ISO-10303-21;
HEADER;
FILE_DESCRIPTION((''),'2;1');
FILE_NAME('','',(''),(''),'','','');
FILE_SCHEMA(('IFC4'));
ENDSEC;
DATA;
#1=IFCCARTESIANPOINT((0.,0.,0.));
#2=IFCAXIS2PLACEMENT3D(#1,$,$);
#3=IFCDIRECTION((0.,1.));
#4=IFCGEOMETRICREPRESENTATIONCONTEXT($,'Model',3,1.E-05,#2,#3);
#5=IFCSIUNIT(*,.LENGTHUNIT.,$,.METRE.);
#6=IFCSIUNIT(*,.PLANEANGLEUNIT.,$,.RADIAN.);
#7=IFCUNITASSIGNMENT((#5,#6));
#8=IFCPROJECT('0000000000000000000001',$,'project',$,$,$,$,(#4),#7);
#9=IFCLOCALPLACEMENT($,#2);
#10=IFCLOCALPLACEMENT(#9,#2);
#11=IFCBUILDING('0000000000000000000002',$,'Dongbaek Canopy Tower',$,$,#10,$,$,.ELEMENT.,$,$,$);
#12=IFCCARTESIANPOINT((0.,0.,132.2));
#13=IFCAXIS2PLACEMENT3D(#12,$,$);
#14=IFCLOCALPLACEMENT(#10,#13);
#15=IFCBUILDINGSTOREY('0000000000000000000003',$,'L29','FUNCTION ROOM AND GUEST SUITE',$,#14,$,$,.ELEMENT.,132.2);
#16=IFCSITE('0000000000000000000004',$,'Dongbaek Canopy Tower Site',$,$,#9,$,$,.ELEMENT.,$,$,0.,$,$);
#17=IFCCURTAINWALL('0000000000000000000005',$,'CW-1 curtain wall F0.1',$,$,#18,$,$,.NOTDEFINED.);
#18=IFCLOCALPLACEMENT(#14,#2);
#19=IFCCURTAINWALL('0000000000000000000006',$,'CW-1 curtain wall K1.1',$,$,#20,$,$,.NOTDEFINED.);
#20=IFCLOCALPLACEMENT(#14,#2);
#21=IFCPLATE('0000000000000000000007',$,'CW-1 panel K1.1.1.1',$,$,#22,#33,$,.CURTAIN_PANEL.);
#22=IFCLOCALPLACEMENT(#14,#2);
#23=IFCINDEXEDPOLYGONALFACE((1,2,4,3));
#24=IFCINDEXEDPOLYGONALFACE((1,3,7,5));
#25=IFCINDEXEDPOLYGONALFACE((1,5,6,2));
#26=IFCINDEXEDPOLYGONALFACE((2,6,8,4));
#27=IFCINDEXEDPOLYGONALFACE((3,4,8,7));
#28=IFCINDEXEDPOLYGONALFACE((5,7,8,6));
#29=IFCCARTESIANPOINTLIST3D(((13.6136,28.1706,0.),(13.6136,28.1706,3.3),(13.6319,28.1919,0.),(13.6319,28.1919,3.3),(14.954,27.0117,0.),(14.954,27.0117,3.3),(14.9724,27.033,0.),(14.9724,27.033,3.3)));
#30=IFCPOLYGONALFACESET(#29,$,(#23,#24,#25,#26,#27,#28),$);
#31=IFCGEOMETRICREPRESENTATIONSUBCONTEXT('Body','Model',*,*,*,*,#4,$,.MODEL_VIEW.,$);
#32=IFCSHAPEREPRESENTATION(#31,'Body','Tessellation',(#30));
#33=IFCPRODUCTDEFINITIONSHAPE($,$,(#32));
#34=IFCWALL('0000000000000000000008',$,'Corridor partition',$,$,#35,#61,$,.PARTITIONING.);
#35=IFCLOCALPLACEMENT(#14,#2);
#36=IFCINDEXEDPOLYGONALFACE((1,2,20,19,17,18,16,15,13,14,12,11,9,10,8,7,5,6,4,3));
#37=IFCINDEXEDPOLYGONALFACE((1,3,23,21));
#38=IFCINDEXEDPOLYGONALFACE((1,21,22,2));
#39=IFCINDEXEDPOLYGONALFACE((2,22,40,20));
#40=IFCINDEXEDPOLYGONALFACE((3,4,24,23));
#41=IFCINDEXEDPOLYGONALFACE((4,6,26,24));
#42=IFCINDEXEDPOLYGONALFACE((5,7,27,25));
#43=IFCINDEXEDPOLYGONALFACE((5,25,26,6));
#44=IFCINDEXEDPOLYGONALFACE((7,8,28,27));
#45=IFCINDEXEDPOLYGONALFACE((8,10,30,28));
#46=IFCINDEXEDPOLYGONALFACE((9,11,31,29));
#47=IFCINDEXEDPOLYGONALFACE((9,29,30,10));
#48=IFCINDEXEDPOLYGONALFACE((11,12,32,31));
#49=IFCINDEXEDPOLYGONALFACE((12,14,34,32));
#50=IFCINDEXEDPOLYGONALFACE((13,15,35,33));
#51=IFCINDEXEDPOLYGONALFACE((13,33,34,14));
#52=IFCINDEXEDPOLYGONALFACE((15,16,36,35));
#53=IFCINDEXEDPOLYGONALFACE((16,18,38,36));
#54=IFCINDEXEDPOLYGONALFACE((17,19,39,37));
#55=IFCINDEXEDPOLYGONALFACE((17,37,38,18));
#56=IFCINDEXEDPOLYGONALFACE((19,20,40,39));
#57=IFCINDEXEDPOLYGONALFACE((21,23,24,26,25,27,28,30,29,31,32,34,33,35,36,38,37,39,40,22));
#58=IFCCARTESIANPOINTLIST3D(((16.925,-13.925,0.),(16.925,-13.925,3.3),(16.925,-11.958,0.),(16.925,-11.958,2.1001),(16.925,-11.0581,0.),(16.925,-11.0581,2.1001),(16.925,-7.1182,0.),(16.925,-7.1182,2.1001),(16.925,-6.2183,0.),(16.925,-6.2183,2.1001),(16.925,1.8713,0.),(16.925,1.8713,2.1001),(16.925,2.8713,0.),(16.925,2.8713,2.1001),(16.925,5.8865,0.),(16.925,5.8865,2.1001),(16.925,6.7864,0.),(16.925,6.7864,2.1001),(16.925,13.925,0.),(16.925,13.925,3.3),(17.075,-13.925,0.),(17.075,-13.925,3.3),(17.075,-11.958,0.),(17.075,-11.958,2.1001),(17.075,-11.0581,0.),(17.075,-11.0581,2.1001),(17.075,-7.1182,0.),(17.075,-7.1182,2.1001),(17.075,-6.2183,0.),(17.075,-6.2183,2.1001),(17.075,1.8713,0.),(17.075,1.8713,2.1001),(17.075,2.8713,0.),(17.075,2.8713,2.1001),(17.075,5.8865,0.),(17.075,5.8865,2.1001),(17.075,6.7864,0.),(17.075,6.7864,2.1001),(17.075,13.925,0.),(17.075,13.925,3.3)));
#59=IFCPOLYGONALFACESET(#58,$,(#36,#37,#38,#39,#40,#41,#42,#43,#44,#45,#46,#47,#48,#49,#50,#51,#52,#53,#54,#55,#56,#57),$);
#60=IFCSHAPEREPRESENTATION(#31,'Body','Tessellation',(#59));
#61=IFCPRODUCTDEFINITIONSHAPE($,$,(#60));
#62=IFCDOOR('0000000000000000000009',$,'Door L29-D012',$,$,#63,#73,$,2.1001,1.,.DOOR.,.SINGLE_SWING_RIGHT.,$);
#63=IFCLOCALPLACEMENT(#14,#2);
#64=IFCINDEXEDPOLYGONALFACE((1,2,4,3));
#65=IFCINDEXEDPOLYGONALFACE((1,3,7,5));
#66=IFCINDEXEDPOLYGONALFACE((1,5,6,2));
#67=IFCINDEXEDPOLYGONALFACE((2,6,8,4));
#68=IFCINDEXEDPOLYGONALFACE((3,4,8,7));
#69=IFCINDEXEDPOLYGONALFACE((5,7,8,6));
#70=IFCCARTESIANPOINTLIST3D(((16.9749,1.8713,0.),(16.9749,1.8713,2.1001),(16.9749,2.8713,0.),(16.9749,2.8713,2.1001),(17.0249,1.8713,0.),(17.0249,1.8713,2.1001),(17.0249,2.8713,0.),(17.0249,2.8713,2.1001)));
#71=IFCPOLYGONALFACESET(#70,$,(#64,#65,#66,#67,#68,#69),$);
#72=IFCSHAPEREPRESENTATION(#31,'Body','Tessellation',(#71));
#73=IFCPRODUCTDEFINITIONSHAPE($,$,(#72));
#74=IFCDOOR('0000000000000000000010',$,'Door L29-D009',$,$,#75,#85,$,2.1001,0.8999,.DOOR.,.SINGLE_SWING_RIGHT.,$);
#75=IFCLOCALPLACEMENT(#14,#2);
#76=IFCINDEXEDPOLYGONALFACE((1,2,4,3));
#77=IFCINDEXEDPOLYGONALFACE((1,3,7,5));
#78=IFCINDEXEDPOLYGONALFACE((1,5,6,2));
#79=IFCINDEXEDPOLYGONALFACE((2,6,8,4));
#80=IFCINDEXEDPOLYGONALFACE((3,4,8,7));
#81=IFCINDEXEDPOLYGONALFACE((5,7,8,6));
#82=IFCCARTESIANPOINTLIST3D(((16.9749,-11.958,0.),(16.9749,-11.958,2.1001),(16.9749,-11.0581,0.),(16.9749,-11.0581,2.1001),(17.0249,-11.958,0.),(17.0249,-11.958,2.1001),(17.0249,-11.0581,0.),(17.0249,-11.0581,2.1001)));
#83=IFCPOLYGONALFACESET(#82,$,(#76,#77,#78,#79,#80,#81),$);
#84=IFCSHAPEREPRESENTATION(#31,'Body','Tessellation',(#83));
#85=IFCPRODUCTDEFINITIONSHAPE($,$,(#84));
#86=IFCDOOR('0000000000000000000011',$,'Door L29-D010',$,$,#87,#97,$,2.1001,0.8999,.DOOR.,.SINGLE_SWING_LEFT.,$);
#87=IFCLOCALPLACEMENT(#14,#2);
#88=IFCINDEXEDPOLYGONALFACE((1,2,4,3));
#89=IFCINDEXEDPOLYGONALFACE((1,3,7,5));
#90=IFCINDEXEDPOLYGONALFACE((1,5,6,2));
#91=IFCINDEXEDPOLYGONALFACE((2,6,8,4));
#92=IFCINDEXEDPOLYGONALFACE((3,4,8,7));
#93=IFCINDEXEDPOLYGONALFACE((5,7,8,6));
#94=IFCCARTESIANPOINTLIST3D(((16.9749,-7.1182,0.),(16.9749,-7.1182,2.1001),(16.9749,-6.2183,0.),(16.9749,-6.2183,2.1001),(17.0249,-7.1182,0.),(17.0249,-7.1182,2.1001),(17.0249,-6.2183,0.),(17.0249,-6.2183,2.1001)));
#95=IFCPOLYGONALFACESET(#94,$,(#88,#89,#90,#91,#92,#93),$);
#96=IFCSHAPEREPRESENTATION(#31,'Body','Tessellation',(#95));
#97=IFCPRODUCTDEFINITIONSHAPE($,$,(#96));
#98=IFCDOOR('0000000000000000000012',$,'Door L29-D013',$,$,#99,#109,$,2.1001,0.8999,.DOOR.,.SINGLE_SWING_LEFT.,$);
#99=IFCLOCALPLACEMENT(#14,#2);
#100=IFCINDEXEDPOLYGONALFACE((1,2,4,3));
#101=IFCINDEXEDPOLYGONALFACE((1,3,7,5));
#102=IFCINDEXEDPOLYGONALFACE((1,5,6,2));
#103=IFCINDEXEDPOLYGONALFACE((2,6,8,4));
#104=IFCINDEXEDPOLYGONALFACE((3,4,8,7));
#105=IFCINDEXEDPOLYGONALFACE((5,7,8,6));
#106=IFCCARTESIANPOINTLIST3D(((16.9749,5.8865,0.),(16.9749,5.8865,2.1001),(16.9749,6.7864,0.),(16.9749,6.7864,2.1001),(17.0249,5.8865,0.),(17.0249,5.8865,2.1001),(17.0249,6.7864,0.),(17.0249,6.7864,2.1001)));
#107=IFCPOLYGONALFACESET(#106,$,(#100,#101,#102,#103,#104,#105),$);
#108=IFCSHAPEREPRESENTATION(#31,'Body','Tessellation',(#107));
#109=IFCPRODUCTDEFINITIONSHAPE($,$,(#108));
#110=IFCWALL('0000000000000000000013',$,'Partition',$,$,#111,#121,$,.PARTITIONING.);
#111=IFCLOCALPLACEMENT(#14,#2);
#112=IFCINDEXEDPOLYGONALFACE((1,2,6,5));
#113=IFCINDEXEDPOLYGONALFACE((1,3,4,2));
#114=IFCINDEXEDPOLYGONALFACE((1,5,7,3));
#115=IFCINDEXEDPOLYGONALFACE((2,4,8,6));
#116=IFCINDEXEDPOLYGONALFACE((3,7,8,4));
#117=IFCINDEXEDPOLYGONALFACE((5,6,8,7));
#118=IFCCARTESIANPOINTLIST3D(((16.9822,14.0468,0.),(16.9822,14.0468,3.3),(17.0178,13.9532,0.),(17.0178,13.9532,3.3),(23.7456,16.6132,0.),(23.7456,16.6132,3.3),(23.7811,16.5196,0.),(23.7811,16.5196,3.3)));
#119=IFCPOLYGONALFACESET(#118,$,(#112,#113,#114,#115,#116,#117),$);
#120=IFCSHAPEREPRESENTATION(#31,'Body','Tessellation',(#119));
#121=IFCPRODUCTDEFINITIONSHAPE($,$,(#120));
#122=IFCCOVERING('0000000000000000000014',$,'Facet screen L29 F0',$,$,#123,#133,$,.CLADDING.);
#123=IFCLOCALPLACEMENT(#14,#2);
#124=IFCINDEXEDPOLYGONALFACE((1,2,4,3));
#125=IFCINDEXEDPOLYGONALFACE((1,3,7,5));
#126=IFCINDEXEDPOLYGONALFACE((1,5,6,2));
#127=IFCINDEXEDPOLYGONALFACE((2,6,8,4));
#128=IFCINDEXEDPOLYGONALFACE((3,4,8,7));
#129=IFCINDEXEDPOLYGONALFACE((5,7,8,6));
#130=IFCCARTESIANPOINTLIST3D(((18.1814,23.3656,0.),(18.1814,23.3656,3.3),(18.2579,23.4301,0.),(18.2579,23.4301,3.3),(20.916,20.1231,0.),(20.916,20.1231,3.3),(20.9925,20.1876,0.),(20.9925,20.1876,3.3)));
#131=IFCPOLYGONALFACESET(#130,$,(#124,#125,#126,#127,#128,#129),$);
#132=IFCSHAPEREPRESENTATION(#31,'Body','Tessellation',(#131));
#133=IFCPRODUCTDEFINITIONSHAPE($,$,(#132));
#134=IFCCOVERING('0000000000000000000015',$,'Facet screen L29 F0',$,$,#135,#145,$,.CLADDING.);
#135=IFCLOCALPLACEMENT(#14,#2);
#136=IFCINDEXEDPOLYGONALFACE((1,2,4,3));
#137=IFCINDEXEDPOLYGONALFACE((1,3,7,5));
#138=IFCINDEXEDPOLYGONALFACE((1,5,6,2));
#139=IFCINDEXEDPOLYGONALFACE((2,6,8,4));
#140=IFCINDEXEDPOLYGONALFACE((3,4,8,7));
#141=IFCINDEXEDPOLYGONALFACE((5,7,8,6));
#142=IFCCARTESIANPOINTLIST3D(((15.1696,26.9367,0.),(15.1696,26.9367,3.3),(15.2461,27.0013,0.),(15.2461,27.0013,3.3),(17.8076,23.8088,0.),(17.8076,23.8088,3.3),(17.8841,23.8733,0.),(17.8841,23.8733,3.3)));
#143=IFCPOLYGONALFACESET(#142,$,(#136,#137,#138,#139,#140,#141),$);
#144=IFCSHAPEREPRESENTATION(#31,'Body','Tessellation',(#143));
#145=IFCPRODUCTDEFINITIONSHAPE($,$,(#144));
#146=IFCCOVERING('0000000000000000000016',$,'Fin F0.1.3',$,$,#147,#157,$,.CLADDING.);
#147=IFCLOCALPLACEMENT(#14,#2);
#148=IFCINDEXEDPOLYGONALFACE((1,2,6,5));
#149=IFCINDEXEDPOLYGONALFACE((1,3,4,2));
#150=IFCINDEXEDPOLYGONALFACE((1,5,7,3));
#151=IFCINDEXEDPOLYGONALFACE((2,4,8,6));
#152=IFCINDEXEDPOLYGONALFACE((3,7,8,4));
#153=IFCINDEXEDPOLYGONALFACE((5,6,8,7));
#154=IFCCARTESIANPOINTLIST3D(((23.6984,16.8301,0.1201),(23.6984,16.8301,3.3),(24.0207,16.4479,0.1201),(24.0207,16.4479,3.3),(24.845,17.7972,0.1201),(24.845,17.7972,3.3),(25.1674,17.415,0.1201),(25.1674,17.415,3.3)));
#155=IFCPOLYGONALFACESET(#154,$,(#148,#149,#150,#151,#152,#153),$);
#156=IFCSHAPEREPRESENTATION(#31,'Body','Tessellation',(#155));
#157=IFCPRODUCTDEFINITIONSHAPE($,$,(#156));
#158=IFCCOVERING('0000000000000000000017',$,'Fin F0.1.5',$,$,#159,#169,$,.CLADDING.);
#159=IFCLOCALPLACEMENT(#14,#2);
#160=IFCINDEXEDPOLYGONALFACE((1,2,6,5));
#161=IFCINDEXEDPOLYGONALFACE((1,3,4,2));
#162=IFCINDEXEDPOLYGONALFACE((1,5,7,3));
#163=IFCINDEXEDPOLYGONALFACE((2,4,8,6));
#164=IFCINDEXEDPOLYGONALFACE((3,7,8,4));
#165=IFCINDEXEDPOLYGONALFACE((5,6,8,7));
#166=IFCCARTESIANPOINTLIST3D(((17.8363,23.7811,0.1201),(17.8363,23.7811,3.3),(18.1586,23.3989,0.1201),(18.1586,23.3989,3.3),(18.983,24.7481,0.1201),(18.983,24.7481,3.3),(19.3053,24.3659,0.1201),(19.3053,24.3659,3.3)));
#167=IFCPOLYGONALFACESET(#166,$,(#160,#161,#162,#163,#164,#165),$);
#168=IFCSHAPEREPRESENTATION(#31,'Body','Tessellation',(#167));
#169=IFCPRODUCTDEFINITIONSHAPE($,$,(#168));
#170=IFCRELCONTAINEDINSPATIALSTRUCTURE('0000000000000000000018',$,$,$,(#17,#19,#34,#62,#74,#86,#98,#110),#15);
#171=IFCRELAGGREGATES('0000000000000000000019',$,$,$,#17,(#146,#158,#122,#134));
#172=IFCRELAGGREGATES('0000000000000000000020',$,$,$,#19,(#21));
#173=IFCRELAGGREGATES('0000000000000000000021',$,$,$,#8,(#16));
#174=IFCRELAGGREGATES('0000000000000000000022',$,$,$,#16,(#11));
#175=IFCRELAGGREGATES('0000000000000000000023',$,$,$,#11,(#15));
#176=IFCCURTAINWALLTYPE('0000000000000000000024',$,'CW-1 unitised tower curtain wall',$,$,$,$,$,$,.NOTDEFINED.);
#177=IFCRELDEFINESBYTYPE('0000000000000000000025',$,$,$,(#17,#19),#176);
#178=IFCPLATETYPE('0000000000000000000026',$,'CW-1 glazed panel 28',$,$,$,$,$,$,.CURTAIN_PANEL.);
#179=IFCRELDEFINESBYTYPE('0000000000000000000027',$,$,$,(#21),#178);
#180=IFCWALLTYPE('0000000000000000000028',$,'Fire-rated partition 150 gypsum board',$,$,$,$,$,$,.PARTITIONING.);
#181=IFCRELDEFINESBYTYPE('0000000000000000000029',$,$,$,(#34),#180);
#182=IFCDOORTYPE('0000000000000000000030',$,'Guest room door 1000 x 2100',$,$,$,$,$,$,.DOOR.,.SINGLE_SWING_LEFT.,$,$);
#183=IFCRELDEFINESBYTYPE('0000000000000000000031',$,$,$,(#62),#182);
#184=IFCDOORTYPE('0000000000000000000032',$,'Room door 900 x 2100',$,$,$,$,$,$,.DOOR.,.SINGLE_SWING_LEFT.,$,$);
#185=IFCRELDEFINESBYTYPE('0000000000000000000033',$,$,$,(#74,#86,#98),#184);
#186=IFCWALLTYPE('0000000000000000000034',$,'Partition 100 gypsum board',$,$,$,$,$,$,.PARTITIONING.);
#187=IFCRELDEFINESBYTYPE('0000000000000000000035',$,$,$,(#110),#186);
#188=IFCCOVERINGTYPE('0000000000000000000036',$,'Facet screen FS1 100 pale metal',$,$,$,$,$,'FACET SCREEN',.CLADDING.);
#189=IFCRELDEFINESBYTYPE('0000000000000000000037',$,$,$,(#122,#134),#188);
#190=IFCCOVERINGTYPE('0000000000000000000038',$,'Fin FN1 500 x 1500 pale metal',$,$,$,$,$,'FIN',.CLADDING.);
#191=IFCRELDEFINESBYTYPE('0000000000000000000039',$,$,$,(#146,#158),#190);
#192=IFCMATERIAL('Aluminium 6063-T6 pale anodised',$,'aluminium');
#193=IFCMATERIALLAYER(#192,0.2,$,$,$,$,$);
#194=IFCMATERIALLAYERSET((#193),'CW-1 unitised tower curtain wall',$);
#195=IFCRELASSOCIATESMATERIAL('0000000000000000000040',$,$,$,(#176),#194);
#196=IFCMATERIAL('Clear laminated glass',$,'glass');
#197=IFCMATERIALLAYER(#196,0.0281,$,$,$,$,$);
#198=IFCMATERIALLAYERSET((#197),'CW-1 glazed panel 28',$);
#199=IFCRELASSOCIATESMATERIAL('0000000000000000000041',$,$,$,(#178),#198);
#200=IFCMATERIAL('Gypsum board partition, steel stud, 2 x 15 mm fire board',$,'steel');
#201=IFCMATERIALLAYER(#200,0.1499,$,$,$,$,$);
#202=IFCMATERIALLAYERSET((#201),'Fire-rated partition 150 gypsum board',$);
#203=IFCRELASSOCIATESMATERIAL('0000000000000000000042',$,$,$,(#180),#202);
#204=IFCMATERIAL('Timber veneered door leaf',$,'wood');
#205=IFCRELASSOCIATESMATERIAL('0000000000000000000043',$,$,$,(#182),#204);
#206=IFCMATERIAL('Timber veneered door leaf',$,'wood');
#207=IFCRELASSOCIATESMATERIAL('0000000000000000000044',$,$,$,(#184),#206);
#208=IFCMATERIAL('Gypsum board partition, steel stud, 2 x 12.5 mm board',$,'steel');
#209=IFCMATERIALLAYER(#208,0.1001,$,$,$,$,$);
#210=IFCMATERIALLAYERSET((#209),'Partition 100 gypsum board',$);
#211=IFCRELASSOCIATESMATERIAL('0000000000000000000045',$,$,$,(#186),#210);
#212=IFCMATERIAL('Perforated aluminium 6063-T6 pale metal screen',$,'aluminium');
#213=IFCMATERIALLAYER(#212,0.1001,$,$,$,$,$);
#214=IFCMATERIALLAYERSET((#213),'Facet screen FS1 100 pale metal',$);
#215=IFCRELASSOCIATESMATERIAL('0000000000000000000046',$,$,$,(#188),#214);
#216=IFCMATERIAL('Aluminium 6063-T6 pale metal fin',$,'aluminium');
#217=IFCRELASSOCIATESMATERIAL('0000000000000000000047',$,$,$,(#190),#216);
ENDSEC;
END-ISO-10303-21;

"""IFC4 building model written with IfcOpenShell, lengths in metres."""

from ifc_helpers import new_model, si_unit, direction, frame, frame_2d, origin, origin_2d, place, context, subcontext, project, spatial, rectangle, extrude, material, layer, layer_set, material_profile, profile_set, type_object, element, fill, aggregate, save


model = new_model("IFC4")

# Units and contexts
model_context = context("Model", 3, precision=1e-05, world=origin(), true_north=direction((0.0, 1.0)))
body_context = subcontext(model_context, "Body", "Model", "MODEL_VIEW")
ifc_project = project(units=[si_unit("LENGTHUNIT", "METRE"), si_unit("PLANEANGLEUNIT", "RADIAN")], contexts=[model_context])

# Site, building, storey
site_placement = place(None, origin())
site = spatial("IfcSite", under=ifc_project, at=site_placement, Name="Dongbaek Canopy Tower Site", CompositionType="ELEMENT", RefElevation=0.0)
building_placement = place(site_placement, origin())
building = spatial("IfcBuilding", under=site, at=building_placement, Name="Dongbaek Canopy Tower", CompositionType="ELEMENT")
storey_placement = place(building_placement, frame((0.0, 0.0, 132.2)))
storey = spatial("IfcBuildingStorey", under=building, at=storey_placement, Name="L29", Description="FUNCTION ROOM AND GUEST SUITE", CompositionType="ELEMENT", Elevation=132.2)

# Curtain wall
ifc_material_1 = material(Name="Aluminium 6063-T6 pale anodised", Category="aluminium")
ifc_layer_1 = layer(ifc_material_1, 0.2)
ifc_layer_set_1 = layer_set([ifc_layer_1], Name="CW-1 unitised tower curtain wall")
curtain_wall_type = type_object("IfcCurtainWallType", Name="CW-1 unitised tower curtain wall", PredefinedType="NOTDEFINED", material=ifc_layer_set_1)
curtain_wall_1_placement = place(storey_placement, origin())
curtain_wall_1 = element("IfcCurtainWall", 1, at=curtain_wall_1_placement, inside=storey, type_object=curtain_wall_type, Name="CW-1 curtain wall F0.1", PredefinedType="NOTDEFINED")

# Curtain wall
curtain_wall_2_placement = place(storey_placement, origin())
curtain_wall_2 = element("IfcCurtainWall", 2, at=curtain_wall_2_placement, inside=storey, type_object=curtain_wall_type, Name="CW-1 curtain wall K1.1", PredefinedType="NOTDEFINED")

# Plate
ifc_material_2 = material(Name="Clear laminated glass", Category="glass")
ifc_layer_2 = layer(ifc_material_2, 0.0281)
ifc_layer_set_2 = layer_set([ifc_layer_2], Name="CW-1 glazed panel 28")
plate_type = type_object("IfcPlateType", Name="CW-1 glazed panel 28", PredefinedType="CURTAIN_PANEL", material=ifc_layer_set_2)
plate_1_placement = place(storey_placement, frame((14.293, 27.6018, 0.0), z_axis=(0.0, 0.0, 1.0), x_axis=(-0.756482, 0.654014, 0.0)))
plate_1 = element("IfcPlate", 3, at=plate_1_placement, type_object=plate_type, Name="CW-1 panel K1.1.1.1", PredefinedType="CURTAIN_PANEL", context=body_context, shape_type="SweptSolid", body=[
    extrude(rectangle(XDim=1.772, YDim=0.0281, at=origin_2d()), origin(), (0.0, 0.0, 1.0), 3.3),
])

# Wall, openings, doors
ifc_material_3 = material(Name="Gypsum board partition, steel stud, 2 x 15 mm fire board", Category="steel")
ifc_layer_3 = layer(ifc_material_3, 0.1499)
ifc_layer_set_3 = layer_set([ifc_layer_3], Name="Fire-rated partition 150 gypsum board")
wall_type_1 = type_object("IfcWallType", Name="Fire-rated partition 150 gypsum board", PredefinedType="PARTITIONING", material=ifc_layer_set_3)
wall_1_placement = place(storey_placement, frame((17.0, 13.925, 0.0), z_axis=(0.0, 0.0, 1.0), x_axis=(0.0, -1.0, 0.0)))
wall_1 = element("IfcWall", 4, at=wall_1_placement, inside=storey, type_object=wall_type_1, Name="Corridor partition", PredefinedType="PARTITIONING", context=body_context, shape_type="SweptSolid", body=[
    extrude(rectangle(XDim=27.8501, YDim=0.1499, at=frame_2d((13.925, 0.0))), origin(), (0.0, 0.0, 1.0), 3.3),
])
opening_1_placement = place(wall_1_placement, frame((24.9832, 0.0, 0.0)))
opening_1 = element("IfcOpeningElement", 5, at=opening_1_placement, cuts=wall_1, PredefinedType="OPENING", context=body_context, shape_type="SweptSolid", body=[
    extrude(rectangle(XDim=0.8999, YDim=2.1001, at=frame_2d((0.45, 1.05))), frame((0.0, 0.085, 0.0), z_axis=(0.0, -1.0, 0.0), x_axis=(1.0, 0.0, 0.0)), (0.0, 0.0, 1.0), 0.1699),
])
opening_2_placement = place(wall_1_placement, frame((20.1433, 0.0, 0.0)))
opening_2 = element("IfcOpeningElement", 6, at=opening_2_placement, cuts=wall_1, PredefinedType="OPENING", context=body_context, shape_type="SweptSolid", body=[
    extrude(rectangle(XDim=0.8999, YDim=2.1001, at=frame_2d((0.45, 1.05))), frame((0.0, 0.085, 0.0), z_axis=(0.0, -1.0, 0.0), x_axis=(1.0, 0.0, 0.0)), (0.0, 0.0, 1.0), 0.1699),
])
opening_3_placement = place(wall_1_placement, frame((11.0537, 0.0, 0.0)))
opening_3 = element("IfcOpeningElement", 7, at=opening_3_placement, cuts=wall_1, PredefinedType="OPENING", context=body_context, shape_type="SweptSolid", body=[
    extrude(rectangle(XDim=1.0, YDim=2.1001, at=frame_2d((0.5, 1.05))), frame((0.0, 0.085, 0.0), z_axis=(0.0, -1.0, 0.0), x_axis=(1.0, 0.0, 0.0)), (0.0, 0.0, 1.0), 0.1699),
])
opening_4_placement = place(wall_1_placement, frame((7.1387, 0.0, 0.0)))
opening_4 = element("IfcOpeningElement", 8, at=opening_4_placement, cuts=wall_1, PredefinedType="OPENING", context=body_context, shape_type="SweptSolid", body=[
    extrude(rectangle(XDim=0.8999, YDim=2.1001, at=frame_2d((0.45, 1.05))), frame((0.0, 0.085, 0.0), z_axis=(0.0, -1.0, 0.0), x_axis=(1.0, 0.0, 0.0)), (0.0, 0.0, 1.0), 0.1699),
])
ifc_material_4 = material(Name="Timber veneered door leaf", Category="wood")
door_type_1 = type_object("IfcDoorType", Name="Guest room door 1000 x 2100", OperationType="SINGLE_SWING_LEFT", PredefinedType="DOOR", material=ifc_material_4)
door_1_placement = place(opening_3_placement, origin())
door_1 = element("IfcDoor", 9, at=door_1_placement, inside=storey, type_object=door_type_1, Name="Door L29-D012", OperationType="SINGLE_SWING_RIGHT", OverallHeight=2.1001, OverallWidth=1.0, PredefinedType="DOOR", context=body_context, shape_type="SweptSolid", body=[
    extrude(rectangle(XDim=1.0, YDim=2.1001, at=frame_2d((0.5, 1.05))), frame((0.0, 0.0249, 0.0), z_axis=(0.0, -1.0, 0.0), x_axis=(1.0, 0.0, 0.0)), (0.0, 0.0, 1.0), 0.05),
])
fill(opening_3, door_1)
ifc_material_5 = material(Name="Timber veneered door leaf", Category="wood")
door_type_2 = type_object("IfcDoorType", Name="Room door 900 x 2100", OperationType="SINGLE_SWING_LEFT", PredefinedType="DOOR", material=ifc_material_5)
door_2_placement = place(opening_1_placement, origin())
door_2 = element("IfcDoor", 10, at=door_2_placement, inside=storey, type_object=door_type_2, Name="Door L29-D009", OperationType="SINGLE_SWING_RIGHT", OverallHeight=2.1001, OverallWidth=0.8999, PredefinedType="DOOR", context=body_context, shape_type="SweptSolid", body=[
    extrude(rectangle(XDim=0.8999, YDim=2.1001, at=frame_2d((0.45, 1.05))), frame((0.0, 0.0249, 0.0), z_axis=(0.0, -1.0, 0.0), x_axis=(1.0, 0.0, 0.0)), (0.0, 0.0, 1.0), 0.05),
])
fill(opening_1, door_2)
door_3_placement = place(opening_2_placement, origin())
door_3 = element("IfcDoor", 11, at=door_3_placement, inside=storey, type_object=door_type_2, Name="Door L29-D010", OperationType="SINGLE_SWING_LEFT", OverallHeight=2.1001, OverallWidth=0.8999, PredefinedType="DOOR", context=body_context, shape_type="SweptSolid", body=[
    extrude(rectangle(XDim=0.8999, YDim=2.1001, at=frame_2d((0.45, 1.05))), frame((0.0, 0.0249, 0.0), z_axis=(0.0, -1.0, 0.0), x_axis=(1.0, 0.0, 0.0)), (0.0, 0.0, 1.0), 0.05),
])
fill(opening_2, door_3)
door_4_placement = place(opening_4_placement, origin())
door_4 = element("IfcDoor", 12, at=door_4_placement, inside=storey, type_object=door_type_2, Name="Door L29-D013", OperationType="SINGLE_SWING_LEFT", OverallHeight=2.1001, OverallWidth=0.8999, PredefinedType="DOOR", context=body_context, shape_type="SweptSolid", body=[
    extrude(rectangle(XDim=0.8999, YDim=2.1001, at=frame_2d((0.45, 1.05))), frame((0.0, 0.0249, 0.0), z_axis=(0.0, -1.0, 0.0), x_axis=(1.0, 0.0, 0.0)), (0.0, 0.0, 1.0), 0.05),
])
fill(opening_4, door_4)

# Wall
ifc_material_6 = material(Name="Gypsum board partition, steel stud, 2 x 12.5 mm board", Category="steel")
ifc_layer_4 = layer(ifc_material_6, 0.1001)
ifc_layer_set_4 = layer_set([ifc_layer_4], Name="Partition 100 gypsum board")
wall_type_2 = type_object("IfcWallType", Name="Partition 100 gypsum board", PredefinedType="PARTITIONING", material=ifc_layer_set_4)
wall_2_placement = place(storey_placement, frame((17.0, 14.0, 0.0), z_axis=(0.0, 0.0, 1.0), x_axis=(0.934953, 0.354771, 0.0)))
element("IfcWall", 13, at=wall_2_placement, inside=storey, type_object=wall_type_2, Name="Partition", PredefinedType="PARTITIONING", context=body_context, shape_type="SweptSolid", body=[
    extrude(rectangle(XDim=7.2339, YDim=0.1001, at=frame_2d((3.6169, 0.0))), origin(), (0.0, 0.0, 1.0), 3.3),
])

# Coverings
ifc_material_7 = material(Name="Perforated aluminium 6063-T6 pale metal screen", Category="aluminium")
ifc_layer_5 = layer(ifc_material_7, 0.1001)
ifc_layer_set_5 = layer_set([ifc_layer_5], Name="Facet screen FS1 100 pale metal")
covering_type_1 = type_object("IfcCoveringType", Name="Facet screen FS1 100 pale metal", ElementType="FACET SCREEN", PredefinedType="CLADDING", material=ifc_layer_set_5)
covering_1_placement = place(storey_placement, frame((19.5869, 21.7766, 0.0), z_axis=(0.0, 0.0, 1.0), x_axis=(-0.644696, 0.764439, 0.0)))
covering_1 = element("IfcCovering", 14, at=covering_1_placement, type_object=covering_type_1, Name="Facet screen L29 F0", PredefinedType="CLADDING", context=body_context, shape_type="SweptSolid", body=[
    extrude(rectangle(XDim=4.2417, YDim=0.1001, at=origin_2d()), origin(), (0.0, 0.0, 1.0), 3.3),
])
covering_2_placement = place(storey_placement, frame((16.5269, 25.405, 0.0), z_axis=(0.0, 0.0, 1.0), x_axis=(-0.644696, 0.764439, 0.0)))
covering_2 = element("IfcCovering", 15, at=covering_2_placement, type_object=covering_type_1, Name="Facet screen L29 F0", PredefinedType="CLADDING", context=body_context, shape_type="SweptSolid", body=[
    extrude(rectangle(XDim=4.0918, YDim=0.1001, at=origin_2d()), origin(), (0.0, 0.0, 1.0), 3.3),
])
ifc_material_8 = material(Name="Aluminium 6063-T6 pale metal fin", Category="aluminium")
ifc_material_profile_1 = material_profile(ifc_material_8, rectangle(XDim=1.5, YDim=0.5, at=origin_2d()), Name="Fin FN1 500 x 1500 pale metal")
ifc_profile_set_1 = profile_set([ifc_material_profile_1], Name="Aluminium 6063-T6 pale metal fin")
covering_type_2 = type_object("IfcCoveringType", Name="Fin FN1 500 x 1500 pale metal", ElementType="FIN", PredefinedType="CLADDING", material=ifc_profile_set_1)
covering_3_placement = place(storey_placement, frame((24.4329, 17.1226, 0.1201), z_axis=(0.0, 0.0, 1.0), x_axis=(0.764439, 0.644696, 0.0)))
covering_3 = element("IfcCovering", 16, at=covering_3_placement, type_object=covering_type_2, Name="Fin F0.1.3", PredefinedType="CLADDING", context=body_context, shape_type="SweptSolid", body=[
    extrude(rectangle(XDim=1.5, YDim=0.5, at=origin_2d()), origin(), (0.0, 0.0, 1.0), 3.1799),
])
covering_4_placement = place(storey_placement, frame((18.5708, 24.0735, 0.1201), z_axis=(0.0, 0.0, 1.0), x_axis=(0.764439, 0.644696, 0.0)))
covering_4 = element("IfcCovering", 17, at=covering_4_placement, type_object=covering_type_2, Name="Fin F0.1.5", PredefinedType="CLADDING", context=body_context, shape_type="SweptSolid", body=[
    extrude(rectangle(XDim=1.5, YDim=0.5, at=origin_2d()), origin(), (0.0, 0.0, 1.0), 3.1799),
])
aggregate(curtain_wall_1, [covering_3, covering_4, covering_1, covering_2])
aggregate(curtain_wall_2, [plate_1])

save(model, "model.ifc")
